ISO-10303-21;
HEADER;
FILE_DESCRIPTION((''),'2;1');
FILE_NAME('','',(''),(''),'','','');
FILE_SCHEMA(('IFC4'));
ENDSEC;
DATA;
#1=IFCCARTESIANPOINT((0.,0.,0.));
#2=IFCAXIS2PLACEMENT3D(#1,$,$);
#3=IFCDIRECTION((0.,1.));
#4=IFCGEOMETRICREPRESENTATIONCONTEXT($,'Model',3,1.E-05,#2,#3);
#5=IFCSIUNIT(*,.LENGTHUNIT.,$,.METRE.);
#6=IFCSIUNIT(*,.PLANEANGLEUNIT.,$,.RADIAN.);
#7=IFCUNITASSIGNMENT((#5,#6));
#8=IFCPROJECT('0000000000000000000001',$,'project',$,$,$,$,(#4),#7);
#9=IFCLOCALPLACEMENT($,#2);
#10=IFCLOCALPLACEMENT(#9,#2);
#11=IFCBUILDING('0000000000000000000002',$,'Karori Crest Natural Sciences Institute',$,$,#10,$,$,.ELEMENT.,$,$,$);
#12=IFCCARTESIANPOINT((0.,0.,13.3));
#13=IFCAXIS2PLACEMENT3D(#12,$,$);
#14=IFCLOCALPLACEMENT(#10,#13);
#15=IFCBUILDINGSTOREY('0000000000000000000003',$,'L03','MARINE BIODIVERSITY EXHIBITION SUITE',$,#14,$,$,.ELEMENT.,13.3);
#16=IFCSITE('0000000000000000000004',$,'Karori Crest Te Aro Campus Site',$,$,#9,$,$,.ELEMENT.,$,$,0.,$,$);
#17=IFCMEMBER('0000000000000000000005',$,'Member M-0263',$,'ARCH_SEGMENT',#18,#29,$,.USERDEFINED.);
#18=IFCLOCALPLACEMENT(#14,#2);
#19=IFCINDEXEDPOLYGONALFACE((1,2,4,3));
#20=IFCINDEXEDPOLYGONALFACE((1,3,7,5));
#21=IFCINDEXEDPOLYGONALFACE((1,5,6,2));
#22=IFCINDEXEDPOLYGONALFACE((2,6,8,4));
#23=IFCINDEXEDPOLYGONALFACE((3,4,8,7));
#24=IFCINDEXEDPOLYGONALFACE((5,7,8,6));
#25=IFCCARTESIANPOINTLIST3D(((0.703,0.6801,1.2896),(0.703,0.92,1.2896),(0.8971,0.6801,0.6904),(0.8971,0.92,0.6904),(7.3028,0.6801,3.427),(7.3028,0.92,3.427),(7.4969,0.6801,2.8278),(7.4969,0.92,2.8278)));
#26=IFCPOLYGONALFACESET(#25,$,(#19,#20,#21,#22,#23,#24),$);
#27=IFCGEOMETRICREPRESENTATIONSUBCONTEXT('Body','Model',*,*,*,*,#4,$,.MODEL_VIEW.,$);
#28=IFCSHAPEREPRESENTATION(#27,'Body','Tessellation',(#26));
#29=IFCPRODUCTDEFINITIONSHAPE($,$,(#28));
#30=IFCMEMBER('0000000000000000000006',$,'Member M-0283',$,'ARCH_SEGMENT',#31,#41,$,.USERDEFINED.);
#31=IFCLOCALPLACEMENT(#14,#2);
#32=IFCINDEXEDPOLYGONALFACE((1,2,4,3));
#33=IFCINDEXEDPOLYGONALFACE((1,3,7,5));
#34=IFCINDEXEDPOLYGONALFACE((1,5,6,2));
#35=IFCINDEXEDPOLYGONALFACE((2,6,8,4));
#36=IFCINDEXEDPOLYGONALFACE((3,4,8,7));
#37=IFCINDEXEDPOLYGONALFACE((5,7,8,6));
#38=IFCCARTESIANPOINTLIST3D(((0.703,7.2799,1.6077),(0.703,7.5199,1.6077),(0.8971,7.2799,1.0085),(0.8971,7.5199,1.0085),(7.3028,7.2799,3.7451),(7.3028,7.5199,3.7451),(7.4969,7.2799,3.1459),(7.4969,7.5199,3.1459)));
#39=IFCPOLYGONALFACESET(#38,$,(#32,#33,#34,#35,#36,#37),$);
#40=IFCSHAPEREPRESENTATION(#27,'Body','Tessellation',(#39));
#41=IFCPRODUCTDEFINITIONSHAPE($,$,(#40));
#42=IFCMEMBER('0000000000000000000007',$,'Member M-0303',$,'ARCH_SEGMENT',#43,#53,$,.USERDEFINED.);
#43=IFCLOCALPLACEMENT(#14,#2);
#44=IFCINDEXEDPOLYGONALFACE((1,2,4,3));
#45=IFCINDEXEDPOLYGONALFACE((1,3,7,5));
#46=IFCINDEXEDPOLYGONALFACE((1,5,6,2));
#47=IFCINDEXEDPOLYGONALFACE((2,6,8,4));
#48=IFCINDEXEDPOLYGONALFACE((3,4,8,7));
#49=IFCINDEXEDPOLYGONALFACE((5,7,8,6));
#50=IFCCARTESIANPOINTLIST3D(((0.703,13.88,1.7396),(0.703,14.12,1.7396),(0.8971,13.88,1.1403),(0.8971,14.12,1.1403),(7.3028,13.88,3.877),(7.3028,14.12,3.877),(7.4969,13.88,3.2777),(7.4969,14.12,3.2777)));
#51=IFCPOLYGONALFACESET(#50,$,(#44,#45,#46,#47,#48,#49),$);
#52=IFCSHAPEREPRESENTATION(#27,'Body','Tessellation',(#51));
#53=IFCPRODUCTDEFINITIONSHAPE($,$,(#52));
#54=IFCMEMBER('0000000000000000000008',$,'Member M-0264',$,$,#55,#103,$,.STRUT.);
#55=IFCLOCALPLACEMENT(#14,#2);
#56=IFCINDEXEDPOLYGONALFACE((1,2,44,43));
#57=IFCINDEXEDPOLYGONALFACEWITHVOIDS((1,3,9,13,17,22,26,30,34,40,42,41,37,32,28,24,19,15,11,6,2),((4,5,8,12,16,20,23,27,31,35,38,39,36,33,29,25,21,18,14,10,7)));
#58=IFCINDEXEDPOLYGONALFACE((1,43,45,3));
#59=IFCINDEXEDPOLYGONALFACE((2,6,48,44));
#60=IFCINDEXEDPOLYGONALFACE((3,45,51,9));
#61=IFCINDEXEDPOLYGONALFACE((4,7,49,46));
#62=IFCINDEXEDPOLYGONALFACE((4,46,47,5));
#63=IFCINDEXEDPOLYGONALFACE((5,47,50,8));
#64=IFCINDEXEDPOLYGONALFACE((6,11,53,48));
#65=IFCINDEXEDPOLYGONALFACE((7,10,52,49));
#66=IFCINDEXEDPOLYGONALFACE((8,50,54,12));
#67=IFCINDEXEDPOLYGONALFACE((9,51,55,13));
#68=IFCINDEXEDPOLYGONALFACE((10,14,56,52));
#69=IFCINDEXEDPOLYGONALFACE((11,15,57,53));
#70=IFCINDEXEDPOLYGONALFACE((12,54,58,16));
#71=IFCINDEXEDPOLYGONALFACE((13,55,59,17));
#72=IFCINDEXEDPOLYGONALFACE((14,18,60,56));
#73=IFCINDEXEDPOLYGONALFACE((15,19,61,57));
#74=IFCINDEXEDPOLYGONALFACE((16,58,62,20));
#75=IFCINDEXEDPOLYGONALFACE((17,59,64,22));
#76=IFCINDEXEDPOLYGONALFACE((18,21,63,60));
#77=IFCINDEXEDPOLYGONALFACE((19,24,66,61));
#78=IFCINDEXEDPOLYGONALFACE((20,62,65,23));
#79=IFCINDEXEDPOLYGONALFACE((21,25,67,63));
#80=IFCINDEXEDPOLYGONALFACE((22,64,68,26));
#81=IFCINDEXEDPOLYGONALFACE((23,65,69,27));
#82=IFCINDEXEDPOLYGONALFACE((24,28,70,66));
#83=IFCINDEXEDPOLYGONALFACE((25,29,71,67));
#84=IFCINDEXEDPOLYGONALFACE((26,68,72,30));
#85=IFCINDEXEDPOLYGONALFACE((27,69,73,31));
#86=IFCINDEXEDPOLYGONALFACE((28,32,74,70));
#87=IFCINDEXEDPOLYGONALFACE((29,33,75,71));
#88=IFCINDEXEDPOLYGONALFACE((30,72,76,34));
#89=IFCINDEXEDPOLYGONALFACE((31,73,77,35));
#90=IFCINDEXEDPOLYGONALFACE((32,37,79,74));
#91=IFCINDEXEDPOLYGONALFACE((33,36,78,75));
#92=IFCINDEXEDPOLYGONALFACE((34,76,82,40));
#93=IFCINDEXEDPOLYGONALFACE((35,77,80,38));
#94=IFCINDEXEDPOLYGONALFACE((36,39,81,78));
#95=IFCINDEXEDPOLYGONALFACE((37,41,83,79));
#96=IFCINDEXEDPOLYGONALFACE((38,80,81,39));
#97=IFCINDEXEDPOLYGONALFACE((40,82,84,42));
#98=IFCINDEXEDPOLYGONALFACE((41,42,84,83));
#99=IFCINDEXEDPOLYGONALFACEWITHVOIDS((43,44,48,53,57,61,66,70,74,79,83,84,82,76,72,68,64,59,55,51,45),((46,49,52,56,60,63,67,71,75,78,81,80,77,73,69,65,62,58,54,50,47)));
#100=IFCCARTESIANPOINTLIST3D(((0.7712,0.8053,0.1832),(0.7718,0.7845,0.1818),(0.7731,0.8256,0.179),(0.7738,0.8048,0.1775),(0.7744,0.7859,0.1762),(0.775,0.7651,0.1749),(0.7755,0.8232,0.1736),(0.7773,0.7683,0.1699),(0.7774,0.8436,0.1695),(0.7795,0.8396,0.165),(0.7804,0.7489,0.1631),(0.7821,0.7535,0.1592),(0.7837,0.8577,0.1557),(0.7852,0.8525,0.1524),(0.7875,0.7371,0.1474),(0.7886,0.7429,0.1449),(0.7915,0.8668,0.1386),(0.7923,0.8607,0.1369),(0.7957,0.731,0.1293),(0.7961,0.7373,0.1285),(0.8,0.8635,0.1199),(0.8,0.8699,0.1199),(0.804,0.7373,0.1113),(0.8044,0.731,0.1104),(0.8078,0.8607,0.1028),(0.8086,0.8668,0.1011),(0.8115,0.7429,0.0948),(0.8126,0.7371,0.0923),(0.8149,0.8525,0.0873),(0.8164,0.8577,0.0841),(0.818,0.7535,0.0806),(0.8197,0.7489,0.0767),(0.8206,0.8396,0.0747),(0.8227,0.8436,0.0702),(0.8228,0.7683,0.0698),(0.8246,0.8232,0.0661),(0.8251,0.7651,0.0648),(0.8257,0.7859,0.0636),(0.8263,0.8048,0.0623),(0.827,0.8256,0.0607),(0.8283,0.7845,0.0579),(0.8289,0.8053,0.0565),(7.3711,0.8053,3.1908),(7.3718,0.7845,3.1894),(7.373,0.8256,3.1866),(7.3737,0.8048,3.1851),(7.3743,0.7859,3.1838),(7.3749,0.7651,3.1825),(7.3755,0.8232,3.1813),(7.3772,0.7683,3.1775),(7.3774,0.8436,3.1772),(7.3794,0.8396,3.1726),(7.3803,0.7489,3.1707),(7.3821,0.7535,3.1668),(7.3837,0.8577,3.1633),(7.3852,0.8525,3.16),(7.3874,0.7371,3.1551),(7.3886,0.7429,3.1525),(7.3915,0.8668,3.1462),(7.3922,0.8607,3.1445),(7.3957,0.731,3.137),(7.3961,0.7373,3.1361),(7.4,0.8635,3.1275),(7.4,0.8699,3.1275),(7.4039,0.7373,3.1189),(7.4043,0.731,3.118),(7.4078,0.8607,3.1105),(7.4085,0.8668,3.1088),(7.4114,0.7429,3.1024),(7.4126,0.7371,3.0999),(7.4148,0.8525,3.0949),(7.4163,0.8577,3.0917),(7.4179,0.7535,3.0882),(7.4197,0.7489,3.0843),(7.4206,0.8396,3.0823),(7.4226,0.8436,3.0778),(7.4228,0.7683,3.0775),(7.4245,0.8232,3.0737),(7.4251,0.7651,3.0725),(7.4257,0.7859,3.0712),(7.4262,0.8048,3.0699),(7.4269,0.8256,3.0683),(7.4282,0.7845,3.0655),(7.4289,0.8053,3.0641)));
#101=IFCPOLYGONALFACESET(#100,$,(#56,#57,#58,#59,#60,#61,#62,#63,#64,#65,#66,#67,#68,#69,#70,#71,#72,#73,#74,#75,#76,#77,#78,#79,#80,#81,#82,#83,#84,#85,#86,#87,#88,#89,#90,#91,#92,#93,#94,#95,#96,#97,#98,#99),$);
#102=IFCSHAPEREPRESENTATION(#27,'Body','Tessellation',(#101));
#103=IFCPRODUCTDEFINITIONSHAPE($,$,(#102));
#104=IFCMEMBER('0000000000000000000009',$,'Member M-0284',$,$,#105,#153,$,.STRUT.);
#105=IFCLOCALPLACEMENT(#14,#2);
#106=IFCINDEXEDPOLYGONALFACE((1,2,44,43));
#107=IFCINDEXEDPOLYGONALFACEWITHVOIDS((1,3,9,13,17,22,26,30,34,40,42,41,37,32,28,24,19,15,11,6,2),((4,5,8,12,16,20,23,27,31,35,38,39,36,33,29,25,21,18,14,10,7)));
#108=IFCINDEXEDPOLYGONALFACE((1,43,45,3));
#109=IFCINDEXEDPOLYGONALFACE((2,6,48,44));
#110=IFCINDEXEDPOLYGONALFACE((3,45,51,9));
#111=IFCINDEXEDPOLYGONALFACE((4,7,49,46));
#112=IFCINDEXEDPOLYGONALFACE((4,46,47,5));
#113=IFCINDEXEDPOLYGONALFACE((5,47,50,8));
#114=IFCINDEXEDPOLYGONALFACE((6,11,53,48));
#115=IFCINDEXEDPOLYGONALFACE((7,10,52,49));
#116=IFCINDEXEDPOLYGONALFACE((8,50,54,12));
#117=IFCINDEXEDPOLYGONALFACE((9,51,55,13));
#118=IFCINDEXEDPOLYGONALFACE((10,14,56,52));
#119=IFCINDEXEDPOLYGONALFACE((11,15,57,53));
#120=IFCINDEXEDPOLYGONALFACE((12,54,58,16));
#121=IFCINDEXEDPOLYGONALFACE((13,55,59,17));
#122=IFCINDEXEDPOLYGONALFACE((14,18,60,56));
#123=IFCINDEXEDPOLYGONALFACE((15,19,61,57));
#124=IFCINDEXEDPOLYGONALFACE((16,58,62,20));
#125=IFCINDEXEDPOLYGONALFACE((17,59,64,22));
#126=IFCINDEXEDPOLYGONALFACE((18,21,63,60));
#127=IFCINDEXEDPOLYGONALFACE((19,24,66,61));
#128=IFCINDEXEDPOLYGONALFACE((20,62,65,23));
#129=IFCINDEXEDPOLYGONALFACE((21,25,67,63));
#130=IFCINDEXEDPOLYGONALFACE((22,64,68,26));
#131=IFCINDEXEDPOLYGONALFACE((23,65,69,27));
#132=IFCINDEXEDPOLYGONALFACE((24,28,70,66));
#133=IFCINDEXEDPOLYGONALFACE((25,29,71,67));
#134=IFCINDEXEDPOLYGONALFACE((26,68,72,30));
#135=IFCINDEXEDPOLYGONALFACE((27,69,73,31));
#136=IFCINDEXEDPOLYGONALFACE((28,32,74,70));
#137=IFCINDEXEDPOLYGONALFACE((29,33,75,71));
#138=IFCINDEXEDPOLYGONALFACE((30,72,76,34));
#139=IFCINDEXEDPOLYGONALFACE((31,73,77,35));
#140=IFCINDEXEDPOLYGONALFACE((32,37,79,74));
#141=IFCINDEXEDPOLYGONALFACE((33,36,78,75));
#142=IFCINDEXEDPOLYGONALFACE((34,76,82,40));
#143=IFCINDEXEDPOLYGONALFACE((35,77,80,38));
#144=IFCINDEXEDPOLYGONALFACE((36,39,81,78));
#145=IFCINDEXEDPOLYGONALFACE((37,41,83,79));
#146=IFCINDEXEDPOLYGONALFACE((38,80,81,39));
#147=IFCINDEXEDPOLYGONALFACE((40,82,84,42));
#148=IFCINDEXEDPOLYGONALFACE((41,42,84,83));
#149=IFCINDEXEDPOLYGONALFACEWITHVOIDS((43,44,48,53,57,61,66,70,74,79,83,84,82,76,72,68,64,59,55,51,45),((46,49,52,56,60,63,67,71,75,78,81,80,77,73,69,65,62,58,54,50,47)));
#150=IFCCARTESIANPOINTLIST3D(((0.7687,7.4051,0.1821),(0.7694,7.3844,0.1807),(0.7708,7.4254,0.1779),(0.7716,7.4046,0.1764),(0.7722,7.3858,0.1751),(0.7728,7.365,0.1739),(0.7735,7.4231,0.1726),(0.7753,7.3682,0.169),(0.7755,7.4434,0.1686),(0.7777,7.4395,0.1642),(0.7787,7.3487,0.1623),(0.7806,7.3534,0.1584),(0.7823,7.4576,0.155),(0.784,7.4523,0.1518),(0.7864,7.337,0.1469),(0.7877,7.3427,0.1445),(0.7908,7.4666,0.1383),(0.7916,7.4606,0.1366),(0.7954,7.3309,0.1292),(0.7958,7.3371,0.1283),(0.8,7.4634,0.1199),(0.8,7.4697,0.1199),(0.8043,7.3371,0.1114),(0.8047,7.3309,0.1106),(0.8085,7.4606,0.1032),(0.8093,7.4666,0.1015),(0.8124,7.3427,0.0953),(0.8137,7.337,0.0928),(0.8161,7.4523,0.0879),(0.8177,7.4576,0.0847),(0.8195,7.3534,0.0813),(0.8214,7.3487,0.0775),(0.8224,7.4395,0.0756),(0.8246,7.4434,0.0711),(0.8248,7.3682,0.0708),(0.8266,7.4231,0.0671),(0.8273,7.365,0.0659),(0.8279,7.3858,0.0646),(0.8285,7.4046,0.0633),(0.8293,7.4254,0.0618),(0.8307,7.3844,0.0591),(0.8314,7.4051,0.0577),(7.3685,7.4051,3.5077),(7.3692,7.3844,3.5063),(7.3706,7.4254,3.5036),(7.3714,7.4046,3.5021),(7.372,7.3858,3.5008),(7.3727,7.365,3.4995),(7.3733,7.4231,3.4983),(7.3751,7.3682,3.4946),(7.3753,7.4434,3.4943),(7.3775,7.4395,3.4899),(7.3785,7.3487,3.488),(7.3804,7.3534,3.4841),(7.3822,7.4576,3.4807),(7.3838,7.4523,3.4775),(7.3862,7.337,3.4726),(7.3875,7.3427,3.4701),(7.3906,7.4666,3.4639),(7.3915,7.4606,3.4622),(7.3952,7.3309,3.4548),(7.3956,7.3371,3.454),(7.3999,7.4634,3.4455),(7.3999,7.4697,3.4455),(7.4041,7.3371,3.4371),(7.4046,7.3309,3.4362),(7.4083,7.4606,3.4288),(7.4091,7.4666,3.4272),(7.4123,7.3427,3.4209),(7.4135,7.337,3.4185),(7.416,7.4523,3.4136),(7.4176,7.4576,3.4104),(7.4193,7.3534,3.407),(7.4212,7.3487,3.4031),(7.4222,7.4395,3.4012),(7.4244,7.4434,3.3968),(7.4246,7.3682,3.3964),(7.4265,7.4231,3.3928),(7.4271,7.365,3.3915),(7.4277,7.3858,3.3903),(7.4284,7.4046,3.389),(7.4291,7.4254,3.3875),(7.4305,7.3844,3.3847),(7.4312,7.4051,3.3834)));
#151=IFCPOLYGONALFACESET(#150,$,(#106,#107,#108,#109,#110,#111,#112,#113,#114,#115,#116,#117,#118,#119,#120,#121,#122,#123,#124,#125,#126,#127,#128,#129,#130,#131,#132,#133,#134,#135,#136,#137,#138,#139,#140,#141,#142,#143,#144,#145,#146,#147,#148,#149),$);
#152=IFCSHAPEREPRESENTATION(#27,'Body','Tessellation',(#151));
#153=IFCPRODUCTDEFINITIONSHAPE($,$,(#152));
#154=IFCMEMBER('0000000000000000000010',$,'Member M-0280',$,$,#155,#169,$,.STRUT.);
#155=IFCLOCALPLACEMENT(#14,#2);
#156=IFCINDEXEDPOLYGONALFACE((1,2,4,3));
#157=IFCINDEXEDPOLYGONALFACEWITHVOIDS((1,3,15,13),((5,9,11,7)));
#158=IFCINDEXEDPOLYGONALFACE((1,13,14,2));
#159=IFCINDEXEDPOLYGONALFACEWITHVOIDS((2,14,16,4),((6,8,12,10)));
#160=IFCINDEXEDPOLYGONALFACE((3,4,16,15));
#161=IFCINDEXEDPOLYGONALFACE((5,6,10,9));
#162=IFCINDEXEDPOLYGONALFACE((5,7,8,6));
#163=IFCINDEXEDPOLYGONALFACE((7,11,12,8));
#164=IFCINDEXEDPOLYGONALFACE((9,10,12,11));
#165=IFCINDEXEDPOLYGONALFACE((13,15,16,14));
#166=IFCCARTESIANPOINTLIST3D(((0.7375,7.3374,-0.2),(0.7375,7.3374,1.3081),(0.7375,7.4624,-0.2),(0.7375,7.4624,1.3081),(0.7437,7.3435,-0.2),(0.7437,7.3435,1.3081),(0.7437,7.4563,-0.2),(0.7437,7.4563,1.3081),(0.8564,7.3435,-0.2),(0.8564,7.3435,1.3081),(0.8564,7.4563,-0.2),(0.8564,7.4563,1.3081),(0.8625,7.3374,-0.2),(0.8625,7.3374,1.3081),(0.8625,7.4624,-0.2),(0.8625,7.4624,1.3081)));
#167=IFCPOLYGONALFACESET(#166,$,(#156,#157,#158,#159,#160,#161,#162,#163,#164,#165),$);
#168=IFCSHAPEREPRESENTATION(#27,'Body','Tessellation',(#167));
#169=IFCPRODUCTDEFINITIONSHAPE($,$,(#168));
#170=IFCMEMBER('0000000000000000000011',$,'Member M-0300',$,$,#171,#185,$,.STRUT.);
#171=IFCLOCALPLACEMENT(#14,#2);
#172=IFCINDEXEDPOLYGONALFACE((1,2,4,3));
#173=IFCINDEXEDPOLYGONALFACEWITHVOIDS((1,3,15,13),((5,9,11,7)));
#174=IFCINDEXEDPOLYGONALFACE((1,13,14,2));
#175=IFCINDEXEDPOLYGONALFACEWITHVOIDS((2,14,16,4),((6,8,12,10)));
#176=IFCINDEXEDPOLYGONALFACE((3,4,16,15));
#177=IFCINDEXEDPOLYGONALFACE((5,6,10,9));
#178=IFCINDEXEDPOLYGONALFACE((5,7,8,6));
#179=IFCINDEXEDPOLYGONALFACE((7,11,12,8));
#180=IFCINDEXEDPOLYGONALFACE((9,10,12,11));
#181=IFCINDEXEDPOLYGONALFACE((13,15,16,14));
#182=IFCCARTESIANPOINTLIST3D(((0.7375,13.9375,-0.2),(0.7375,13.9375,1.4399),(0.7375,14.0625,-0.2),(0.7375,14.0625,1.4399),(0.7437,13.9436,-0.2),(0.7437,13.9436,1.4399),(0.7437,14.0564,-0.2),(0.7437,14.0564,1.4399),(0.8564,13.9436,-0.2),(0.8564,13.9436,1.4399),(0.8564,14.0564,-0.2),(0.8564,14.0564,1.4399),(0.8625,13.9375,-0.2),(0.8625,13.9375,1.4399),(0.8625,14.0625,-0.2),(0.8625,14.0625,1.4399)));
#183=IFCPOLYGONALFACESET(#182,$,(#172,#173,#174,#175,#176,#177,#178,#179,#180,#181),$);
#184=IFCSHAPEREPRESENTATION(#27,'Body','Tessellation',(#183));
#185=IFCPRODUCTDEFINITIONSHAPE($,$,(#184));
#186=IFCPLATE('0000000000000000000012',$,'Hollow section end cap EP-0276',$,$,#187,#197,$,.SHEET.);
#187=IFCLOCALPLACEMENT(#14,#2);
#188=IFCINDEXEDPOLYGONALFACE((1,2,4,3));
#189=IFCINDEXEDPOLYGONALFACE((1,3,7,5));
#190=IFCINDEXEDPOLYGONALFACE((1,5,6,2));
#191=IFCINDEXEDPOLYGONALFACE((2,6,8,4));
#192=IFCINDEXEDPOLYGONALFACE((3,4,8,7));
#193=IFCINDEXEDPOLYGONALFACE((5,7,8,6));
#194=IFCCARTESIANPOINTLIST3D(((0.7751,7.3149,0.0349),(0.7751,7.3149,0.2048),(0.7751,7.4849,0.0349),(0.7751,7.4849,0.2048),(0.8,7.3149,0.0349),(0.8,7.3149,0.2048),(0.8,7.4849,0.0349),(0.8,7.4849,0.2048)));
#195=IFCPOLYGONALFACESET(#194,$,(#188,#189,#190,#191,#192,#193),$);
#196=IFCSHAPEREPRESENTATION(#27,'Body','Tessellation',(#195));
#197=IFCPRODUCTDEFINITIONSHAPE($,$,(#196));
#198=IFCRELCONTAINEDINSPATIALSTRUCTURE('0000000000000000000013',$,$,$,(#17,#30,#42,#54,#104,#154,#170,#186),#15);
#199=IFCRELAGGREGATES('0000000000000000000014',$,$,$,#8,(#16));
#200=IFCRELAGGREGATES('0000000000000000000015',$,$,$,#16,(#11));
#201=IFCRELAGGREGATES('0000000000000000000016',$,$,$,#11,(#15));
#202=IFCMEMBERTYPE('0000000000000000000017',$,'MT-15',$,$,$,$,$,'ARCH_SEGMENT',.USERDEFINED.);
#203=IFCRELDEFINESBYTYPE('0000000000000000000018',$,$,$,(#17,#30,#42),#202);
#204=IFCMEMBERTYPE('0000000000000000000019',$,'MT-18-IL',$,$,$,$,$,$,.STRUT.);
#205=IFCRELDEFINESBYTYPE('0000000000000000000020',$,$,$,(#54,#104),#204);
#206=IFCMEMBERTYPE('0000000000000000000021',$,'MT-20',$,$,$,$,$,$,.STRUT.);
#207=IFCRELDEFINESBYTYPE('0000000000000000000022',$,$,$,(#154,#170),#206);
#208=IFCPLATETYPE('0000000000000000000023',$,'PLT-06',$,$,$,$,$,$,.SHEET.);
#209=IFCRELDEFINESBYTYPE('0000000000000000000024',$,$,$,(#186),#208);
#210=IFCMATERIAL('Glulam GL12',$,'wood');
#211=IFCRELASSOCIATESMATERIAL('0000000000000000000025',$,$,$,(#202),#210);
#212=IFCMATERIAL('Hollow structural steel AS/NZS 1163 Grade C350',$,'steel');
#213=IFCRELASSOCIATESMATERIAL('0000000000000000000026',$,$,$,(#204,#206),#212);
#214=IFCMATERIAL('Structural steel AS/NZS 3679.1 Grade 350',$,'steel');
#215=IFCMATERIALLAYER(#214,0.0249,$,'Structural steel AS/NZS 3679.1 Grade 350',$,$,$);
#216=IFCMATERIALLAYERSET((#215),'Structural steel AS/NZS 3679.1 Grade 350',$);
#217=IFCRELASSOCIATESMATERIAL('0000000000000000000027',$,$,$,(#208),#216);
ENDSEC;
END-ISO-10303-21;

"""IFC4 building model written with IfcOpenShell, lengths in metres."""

from ifc_helpers import new_model, si_unit, direction, frame, origin, origin_2d, place, context, subcontext, project, spatial, rectangle, hollow_rectangle, hollow_circle, extrude, material, layer, layer_set, material_profile, profile_set, type_object, element, save


model = new_model("IFC4")

# Units and contexts
model_context = context("Model", 3, precision=1e-05, world=origin(), true_north=direction((0.0, 1.0)))
body_context = subcontext(model_context, "Body", "Model", "MODEL_VIEW")
ifc_project = project(units=[si_unit("LENGTHUNIT", "METRE"), si_unit("PLANEANGLEUNIT", "RADIAN")], contexts=[model_context])

# Site, building, storey
site_placement = place(None, origin())
site = spatial("IfcSite", under=ifc_project, at=site_placement, Name="Karori Crest Te Aro Campus Site", CompositionType="ELEMENT", RefElevation=0.0)
building_placement = place(site_placement, origin())
building = spatial("IfcBuilding", under=site, at=building_placement, Name="Karori Crest Natural Sciences Institute", CompositionType="ELEMENT")
storey_placement = place(building_placement, frame((0.0, 0.0, 13.3)))
storey = spatial("IfcBuildingStorey", under=building, at=storey_placement, Name="L03", Description="MARINE BIODIVERSITY EXHIBITION SUITE", CompositionType="ELEMENT", Elevation=13.3)

# Members
ifc_material_1 = material(Name="Hollow structural steel AS/NZS 1163 Grade C350", Category="steel")
ifc_material_2 = material(Name="Glulam GL12", Category="wood")
ifc_material_profile_1 = material_profile(ifc_material_2, rectangle(XDim=0.24, YDim=0.6299, at=origin_2d()), Name="GL240x630")
ifc_profile_set_1 = profile_set([ifc_material_profile_1], Name="Glulam GL12")
member_type_1 = type_object("IfcMemberType", Name="MT-15", ElementType="ARCH_SEGMENT", PredefinedType="USERDEFINED", material=ifc_profile_set_1)
for number, where, z_axis, x_axis, name in (
    (1, (0.8, 0.8, 0.99), (0.951351, 0.0, 0.308108), (0.0, 1.0, 0.0), "Member M-0263"),
    (2, (0.8, 7.3999, 1.3081), (0.951351, 0.0, 0.308108), (0.0, 1.0, 0.0), "Member M-0283"),
    (3, (0.8, 14.0, 1.4399), (0.951351, 0.0, 0.308108), (0.0, 1.0, 0.0), "Member M-0303"),
):
    element("IfcMember", number, at=place(storey_placement, frame(where, z_axis=z_axis, x_axis=x_axis)), inside=storey, type_object=member_type_1, Name=name, ObjectType="ARCH_SEGMENT", PredefinedType="USERDEFINED", context=body_context, shape_type="SweptSolid", body=[
        extrude(rectangle(XDim=0.24, YDim=0.6299, at=origin_2d()), origin(), (0.0, 0.0, 1.0), 6.9373),
    ])
ifc_material_profile_2 = material_profile(ifc_material_1, hollow_circle(Radius=0.0698, WallThickness=0.0063, at=origin_2d()), Name="CHS139.7x6.4")
ifc_profile_set_2 = profile_set([ifc_material_profile_2], Name="Hollow structural steel AS/NZS 1163 Grade C350")
member_type_2 = type_object("IfcMemberType", Name="MT-18-IL", PredefinedType="STRUT", material=ifc_profile_set_2)
member_1_placement = place(storey_placement, frame((0.8, 0.8, 0.1199), z_axis=(0.90997, 0.0, 0.414675), x_axis=(0.0, 1.0, 0.0)))
element("IfcMember", 4, at=member_1_placement, inside=storey, type_object=member_type_2, Name="Member M-0264", PredefinedType="STRUT", context=body_context, shape_type="SweptSolid", body=[
    extrude(hollow_circle(Radius=0.0698, WallThickness=0.0063, at=origin_2d()), origin(), (0.0, 0.0, 1.0), 7.2529),
])
member_2_placement = place(storey_placement, frame((0.8, 7.3999, 0.1199), z_axis=(0.893029, 0.0, 0.45), x_axis=(0.0, 1.0, 0.0)))
element("IfcMember", 5, at=member_2_placement, inside=storey, type_object=member_type_2, Name="Member M-0284", PredefinedType="STRUT", context=body_context, shape_type="SweptSolid", body=[
    extrude(hollow_circle(Radius=0.0698, WallThickness=0.0063, at=origin_2d()), origin(), (0.0, 0.0, 1.0), 7.3904),
])
ifc_material_profile_3 = material_profile(ifc_material_1, hollow_rectangle(XDim=0.125, YDim=0.125, WallThickness=0.0061, at=origin_2d()), Name="SHS125x125x6")
ifc_profile_set_3 = profile_set([ifc_material_profile_3], Name="Hollow structural steel AS/NZS 1163 Grade C350")
member_type_3 = type_object("IfcMemberType", Name="MT-20", PredefinedType="STRUT", material=ifc_profile_set_3)
member_3_placement = place(storey_placement, frame((0.8, 7.3999, -0.2), z_axis=(0.0, 0.0, 1.0), x_axis=(1.0, 0.0, 0.0)))
element("IfcMember", 6, at=member_3_placement, inside=storey, type_object=member_type_3, Name="Member M-0280", PredefinedType="STRUT", context=body_context, shape_type="SweptSolid", body=[
    extrude(hollow_rectangle(XDim=0.125, YDim=0.125, WallThickness=0.0061, at=origin_2d()), origin(), (0.0, 0.0, 1.0), 1.5081),
])
member_4_placement = place(storey_placement, frame((0.8, 14.0, -0.2), z_axis=(0.0, 0.0, 1.0), x_axis=(1.0, 0.0, 0.0)))
element("IfcMember", 7, at=member_4_placement, inside=storey, type_object=member_type_3, Name="Member M-0300", PredefinedType="STRUT", context=body_context, shape_type="SweptSolid", body=[
    extrude(hollow_rectangle(XDim=0.125, YDim=0.125, WallThickness=0.0061, at=origin_2d()), origin(), (0.0, 0.0, 1.0), 1.6399),
])

# Plate
ifc_material_3 = material(Name="Structural steel AS/NZS 3679.1 Grade 350", Category="steel")
ifc_layer_1 = layer(ifc_material_3, 0.0249, Name="Structural steel AS/NZS 3679.1 Grade 350")
ifc_layer_set_1 = layer_set([ifc_layer_1], Name="Structural steel AS/NZS 3679.1 Grade 350")
plate_type_1 = type_object("IfcPlateType", Name="PLT-06", PredefinedType="SHEET", material=ifc_layer_set_1)
for number, where, z_axis, x_axis, name in (
    (8, (0.7876, 7.3999, 0.0349), (0.0, 0.0, 1.0), (1.0, 0.0, 0.0), "Hollow section end cap EP-0276"),
):
    element("IfcPlate", number, at=place(storey_placement, frame(where, z_axis=z_axis, x_axis=x_axis)), inside=storey, type_object=plate_type_1, Name=name, PredefinedType="SHEET", context=body_context, shape_type="SweptSolid", body=[
        extrude(rectangle(XDim=0.0249, YDim=0.1699, at=origin_2d()), origin(), (0.0, 0.0, 1.0), 0.1699),
    ])

save(model, "model.ifc")
